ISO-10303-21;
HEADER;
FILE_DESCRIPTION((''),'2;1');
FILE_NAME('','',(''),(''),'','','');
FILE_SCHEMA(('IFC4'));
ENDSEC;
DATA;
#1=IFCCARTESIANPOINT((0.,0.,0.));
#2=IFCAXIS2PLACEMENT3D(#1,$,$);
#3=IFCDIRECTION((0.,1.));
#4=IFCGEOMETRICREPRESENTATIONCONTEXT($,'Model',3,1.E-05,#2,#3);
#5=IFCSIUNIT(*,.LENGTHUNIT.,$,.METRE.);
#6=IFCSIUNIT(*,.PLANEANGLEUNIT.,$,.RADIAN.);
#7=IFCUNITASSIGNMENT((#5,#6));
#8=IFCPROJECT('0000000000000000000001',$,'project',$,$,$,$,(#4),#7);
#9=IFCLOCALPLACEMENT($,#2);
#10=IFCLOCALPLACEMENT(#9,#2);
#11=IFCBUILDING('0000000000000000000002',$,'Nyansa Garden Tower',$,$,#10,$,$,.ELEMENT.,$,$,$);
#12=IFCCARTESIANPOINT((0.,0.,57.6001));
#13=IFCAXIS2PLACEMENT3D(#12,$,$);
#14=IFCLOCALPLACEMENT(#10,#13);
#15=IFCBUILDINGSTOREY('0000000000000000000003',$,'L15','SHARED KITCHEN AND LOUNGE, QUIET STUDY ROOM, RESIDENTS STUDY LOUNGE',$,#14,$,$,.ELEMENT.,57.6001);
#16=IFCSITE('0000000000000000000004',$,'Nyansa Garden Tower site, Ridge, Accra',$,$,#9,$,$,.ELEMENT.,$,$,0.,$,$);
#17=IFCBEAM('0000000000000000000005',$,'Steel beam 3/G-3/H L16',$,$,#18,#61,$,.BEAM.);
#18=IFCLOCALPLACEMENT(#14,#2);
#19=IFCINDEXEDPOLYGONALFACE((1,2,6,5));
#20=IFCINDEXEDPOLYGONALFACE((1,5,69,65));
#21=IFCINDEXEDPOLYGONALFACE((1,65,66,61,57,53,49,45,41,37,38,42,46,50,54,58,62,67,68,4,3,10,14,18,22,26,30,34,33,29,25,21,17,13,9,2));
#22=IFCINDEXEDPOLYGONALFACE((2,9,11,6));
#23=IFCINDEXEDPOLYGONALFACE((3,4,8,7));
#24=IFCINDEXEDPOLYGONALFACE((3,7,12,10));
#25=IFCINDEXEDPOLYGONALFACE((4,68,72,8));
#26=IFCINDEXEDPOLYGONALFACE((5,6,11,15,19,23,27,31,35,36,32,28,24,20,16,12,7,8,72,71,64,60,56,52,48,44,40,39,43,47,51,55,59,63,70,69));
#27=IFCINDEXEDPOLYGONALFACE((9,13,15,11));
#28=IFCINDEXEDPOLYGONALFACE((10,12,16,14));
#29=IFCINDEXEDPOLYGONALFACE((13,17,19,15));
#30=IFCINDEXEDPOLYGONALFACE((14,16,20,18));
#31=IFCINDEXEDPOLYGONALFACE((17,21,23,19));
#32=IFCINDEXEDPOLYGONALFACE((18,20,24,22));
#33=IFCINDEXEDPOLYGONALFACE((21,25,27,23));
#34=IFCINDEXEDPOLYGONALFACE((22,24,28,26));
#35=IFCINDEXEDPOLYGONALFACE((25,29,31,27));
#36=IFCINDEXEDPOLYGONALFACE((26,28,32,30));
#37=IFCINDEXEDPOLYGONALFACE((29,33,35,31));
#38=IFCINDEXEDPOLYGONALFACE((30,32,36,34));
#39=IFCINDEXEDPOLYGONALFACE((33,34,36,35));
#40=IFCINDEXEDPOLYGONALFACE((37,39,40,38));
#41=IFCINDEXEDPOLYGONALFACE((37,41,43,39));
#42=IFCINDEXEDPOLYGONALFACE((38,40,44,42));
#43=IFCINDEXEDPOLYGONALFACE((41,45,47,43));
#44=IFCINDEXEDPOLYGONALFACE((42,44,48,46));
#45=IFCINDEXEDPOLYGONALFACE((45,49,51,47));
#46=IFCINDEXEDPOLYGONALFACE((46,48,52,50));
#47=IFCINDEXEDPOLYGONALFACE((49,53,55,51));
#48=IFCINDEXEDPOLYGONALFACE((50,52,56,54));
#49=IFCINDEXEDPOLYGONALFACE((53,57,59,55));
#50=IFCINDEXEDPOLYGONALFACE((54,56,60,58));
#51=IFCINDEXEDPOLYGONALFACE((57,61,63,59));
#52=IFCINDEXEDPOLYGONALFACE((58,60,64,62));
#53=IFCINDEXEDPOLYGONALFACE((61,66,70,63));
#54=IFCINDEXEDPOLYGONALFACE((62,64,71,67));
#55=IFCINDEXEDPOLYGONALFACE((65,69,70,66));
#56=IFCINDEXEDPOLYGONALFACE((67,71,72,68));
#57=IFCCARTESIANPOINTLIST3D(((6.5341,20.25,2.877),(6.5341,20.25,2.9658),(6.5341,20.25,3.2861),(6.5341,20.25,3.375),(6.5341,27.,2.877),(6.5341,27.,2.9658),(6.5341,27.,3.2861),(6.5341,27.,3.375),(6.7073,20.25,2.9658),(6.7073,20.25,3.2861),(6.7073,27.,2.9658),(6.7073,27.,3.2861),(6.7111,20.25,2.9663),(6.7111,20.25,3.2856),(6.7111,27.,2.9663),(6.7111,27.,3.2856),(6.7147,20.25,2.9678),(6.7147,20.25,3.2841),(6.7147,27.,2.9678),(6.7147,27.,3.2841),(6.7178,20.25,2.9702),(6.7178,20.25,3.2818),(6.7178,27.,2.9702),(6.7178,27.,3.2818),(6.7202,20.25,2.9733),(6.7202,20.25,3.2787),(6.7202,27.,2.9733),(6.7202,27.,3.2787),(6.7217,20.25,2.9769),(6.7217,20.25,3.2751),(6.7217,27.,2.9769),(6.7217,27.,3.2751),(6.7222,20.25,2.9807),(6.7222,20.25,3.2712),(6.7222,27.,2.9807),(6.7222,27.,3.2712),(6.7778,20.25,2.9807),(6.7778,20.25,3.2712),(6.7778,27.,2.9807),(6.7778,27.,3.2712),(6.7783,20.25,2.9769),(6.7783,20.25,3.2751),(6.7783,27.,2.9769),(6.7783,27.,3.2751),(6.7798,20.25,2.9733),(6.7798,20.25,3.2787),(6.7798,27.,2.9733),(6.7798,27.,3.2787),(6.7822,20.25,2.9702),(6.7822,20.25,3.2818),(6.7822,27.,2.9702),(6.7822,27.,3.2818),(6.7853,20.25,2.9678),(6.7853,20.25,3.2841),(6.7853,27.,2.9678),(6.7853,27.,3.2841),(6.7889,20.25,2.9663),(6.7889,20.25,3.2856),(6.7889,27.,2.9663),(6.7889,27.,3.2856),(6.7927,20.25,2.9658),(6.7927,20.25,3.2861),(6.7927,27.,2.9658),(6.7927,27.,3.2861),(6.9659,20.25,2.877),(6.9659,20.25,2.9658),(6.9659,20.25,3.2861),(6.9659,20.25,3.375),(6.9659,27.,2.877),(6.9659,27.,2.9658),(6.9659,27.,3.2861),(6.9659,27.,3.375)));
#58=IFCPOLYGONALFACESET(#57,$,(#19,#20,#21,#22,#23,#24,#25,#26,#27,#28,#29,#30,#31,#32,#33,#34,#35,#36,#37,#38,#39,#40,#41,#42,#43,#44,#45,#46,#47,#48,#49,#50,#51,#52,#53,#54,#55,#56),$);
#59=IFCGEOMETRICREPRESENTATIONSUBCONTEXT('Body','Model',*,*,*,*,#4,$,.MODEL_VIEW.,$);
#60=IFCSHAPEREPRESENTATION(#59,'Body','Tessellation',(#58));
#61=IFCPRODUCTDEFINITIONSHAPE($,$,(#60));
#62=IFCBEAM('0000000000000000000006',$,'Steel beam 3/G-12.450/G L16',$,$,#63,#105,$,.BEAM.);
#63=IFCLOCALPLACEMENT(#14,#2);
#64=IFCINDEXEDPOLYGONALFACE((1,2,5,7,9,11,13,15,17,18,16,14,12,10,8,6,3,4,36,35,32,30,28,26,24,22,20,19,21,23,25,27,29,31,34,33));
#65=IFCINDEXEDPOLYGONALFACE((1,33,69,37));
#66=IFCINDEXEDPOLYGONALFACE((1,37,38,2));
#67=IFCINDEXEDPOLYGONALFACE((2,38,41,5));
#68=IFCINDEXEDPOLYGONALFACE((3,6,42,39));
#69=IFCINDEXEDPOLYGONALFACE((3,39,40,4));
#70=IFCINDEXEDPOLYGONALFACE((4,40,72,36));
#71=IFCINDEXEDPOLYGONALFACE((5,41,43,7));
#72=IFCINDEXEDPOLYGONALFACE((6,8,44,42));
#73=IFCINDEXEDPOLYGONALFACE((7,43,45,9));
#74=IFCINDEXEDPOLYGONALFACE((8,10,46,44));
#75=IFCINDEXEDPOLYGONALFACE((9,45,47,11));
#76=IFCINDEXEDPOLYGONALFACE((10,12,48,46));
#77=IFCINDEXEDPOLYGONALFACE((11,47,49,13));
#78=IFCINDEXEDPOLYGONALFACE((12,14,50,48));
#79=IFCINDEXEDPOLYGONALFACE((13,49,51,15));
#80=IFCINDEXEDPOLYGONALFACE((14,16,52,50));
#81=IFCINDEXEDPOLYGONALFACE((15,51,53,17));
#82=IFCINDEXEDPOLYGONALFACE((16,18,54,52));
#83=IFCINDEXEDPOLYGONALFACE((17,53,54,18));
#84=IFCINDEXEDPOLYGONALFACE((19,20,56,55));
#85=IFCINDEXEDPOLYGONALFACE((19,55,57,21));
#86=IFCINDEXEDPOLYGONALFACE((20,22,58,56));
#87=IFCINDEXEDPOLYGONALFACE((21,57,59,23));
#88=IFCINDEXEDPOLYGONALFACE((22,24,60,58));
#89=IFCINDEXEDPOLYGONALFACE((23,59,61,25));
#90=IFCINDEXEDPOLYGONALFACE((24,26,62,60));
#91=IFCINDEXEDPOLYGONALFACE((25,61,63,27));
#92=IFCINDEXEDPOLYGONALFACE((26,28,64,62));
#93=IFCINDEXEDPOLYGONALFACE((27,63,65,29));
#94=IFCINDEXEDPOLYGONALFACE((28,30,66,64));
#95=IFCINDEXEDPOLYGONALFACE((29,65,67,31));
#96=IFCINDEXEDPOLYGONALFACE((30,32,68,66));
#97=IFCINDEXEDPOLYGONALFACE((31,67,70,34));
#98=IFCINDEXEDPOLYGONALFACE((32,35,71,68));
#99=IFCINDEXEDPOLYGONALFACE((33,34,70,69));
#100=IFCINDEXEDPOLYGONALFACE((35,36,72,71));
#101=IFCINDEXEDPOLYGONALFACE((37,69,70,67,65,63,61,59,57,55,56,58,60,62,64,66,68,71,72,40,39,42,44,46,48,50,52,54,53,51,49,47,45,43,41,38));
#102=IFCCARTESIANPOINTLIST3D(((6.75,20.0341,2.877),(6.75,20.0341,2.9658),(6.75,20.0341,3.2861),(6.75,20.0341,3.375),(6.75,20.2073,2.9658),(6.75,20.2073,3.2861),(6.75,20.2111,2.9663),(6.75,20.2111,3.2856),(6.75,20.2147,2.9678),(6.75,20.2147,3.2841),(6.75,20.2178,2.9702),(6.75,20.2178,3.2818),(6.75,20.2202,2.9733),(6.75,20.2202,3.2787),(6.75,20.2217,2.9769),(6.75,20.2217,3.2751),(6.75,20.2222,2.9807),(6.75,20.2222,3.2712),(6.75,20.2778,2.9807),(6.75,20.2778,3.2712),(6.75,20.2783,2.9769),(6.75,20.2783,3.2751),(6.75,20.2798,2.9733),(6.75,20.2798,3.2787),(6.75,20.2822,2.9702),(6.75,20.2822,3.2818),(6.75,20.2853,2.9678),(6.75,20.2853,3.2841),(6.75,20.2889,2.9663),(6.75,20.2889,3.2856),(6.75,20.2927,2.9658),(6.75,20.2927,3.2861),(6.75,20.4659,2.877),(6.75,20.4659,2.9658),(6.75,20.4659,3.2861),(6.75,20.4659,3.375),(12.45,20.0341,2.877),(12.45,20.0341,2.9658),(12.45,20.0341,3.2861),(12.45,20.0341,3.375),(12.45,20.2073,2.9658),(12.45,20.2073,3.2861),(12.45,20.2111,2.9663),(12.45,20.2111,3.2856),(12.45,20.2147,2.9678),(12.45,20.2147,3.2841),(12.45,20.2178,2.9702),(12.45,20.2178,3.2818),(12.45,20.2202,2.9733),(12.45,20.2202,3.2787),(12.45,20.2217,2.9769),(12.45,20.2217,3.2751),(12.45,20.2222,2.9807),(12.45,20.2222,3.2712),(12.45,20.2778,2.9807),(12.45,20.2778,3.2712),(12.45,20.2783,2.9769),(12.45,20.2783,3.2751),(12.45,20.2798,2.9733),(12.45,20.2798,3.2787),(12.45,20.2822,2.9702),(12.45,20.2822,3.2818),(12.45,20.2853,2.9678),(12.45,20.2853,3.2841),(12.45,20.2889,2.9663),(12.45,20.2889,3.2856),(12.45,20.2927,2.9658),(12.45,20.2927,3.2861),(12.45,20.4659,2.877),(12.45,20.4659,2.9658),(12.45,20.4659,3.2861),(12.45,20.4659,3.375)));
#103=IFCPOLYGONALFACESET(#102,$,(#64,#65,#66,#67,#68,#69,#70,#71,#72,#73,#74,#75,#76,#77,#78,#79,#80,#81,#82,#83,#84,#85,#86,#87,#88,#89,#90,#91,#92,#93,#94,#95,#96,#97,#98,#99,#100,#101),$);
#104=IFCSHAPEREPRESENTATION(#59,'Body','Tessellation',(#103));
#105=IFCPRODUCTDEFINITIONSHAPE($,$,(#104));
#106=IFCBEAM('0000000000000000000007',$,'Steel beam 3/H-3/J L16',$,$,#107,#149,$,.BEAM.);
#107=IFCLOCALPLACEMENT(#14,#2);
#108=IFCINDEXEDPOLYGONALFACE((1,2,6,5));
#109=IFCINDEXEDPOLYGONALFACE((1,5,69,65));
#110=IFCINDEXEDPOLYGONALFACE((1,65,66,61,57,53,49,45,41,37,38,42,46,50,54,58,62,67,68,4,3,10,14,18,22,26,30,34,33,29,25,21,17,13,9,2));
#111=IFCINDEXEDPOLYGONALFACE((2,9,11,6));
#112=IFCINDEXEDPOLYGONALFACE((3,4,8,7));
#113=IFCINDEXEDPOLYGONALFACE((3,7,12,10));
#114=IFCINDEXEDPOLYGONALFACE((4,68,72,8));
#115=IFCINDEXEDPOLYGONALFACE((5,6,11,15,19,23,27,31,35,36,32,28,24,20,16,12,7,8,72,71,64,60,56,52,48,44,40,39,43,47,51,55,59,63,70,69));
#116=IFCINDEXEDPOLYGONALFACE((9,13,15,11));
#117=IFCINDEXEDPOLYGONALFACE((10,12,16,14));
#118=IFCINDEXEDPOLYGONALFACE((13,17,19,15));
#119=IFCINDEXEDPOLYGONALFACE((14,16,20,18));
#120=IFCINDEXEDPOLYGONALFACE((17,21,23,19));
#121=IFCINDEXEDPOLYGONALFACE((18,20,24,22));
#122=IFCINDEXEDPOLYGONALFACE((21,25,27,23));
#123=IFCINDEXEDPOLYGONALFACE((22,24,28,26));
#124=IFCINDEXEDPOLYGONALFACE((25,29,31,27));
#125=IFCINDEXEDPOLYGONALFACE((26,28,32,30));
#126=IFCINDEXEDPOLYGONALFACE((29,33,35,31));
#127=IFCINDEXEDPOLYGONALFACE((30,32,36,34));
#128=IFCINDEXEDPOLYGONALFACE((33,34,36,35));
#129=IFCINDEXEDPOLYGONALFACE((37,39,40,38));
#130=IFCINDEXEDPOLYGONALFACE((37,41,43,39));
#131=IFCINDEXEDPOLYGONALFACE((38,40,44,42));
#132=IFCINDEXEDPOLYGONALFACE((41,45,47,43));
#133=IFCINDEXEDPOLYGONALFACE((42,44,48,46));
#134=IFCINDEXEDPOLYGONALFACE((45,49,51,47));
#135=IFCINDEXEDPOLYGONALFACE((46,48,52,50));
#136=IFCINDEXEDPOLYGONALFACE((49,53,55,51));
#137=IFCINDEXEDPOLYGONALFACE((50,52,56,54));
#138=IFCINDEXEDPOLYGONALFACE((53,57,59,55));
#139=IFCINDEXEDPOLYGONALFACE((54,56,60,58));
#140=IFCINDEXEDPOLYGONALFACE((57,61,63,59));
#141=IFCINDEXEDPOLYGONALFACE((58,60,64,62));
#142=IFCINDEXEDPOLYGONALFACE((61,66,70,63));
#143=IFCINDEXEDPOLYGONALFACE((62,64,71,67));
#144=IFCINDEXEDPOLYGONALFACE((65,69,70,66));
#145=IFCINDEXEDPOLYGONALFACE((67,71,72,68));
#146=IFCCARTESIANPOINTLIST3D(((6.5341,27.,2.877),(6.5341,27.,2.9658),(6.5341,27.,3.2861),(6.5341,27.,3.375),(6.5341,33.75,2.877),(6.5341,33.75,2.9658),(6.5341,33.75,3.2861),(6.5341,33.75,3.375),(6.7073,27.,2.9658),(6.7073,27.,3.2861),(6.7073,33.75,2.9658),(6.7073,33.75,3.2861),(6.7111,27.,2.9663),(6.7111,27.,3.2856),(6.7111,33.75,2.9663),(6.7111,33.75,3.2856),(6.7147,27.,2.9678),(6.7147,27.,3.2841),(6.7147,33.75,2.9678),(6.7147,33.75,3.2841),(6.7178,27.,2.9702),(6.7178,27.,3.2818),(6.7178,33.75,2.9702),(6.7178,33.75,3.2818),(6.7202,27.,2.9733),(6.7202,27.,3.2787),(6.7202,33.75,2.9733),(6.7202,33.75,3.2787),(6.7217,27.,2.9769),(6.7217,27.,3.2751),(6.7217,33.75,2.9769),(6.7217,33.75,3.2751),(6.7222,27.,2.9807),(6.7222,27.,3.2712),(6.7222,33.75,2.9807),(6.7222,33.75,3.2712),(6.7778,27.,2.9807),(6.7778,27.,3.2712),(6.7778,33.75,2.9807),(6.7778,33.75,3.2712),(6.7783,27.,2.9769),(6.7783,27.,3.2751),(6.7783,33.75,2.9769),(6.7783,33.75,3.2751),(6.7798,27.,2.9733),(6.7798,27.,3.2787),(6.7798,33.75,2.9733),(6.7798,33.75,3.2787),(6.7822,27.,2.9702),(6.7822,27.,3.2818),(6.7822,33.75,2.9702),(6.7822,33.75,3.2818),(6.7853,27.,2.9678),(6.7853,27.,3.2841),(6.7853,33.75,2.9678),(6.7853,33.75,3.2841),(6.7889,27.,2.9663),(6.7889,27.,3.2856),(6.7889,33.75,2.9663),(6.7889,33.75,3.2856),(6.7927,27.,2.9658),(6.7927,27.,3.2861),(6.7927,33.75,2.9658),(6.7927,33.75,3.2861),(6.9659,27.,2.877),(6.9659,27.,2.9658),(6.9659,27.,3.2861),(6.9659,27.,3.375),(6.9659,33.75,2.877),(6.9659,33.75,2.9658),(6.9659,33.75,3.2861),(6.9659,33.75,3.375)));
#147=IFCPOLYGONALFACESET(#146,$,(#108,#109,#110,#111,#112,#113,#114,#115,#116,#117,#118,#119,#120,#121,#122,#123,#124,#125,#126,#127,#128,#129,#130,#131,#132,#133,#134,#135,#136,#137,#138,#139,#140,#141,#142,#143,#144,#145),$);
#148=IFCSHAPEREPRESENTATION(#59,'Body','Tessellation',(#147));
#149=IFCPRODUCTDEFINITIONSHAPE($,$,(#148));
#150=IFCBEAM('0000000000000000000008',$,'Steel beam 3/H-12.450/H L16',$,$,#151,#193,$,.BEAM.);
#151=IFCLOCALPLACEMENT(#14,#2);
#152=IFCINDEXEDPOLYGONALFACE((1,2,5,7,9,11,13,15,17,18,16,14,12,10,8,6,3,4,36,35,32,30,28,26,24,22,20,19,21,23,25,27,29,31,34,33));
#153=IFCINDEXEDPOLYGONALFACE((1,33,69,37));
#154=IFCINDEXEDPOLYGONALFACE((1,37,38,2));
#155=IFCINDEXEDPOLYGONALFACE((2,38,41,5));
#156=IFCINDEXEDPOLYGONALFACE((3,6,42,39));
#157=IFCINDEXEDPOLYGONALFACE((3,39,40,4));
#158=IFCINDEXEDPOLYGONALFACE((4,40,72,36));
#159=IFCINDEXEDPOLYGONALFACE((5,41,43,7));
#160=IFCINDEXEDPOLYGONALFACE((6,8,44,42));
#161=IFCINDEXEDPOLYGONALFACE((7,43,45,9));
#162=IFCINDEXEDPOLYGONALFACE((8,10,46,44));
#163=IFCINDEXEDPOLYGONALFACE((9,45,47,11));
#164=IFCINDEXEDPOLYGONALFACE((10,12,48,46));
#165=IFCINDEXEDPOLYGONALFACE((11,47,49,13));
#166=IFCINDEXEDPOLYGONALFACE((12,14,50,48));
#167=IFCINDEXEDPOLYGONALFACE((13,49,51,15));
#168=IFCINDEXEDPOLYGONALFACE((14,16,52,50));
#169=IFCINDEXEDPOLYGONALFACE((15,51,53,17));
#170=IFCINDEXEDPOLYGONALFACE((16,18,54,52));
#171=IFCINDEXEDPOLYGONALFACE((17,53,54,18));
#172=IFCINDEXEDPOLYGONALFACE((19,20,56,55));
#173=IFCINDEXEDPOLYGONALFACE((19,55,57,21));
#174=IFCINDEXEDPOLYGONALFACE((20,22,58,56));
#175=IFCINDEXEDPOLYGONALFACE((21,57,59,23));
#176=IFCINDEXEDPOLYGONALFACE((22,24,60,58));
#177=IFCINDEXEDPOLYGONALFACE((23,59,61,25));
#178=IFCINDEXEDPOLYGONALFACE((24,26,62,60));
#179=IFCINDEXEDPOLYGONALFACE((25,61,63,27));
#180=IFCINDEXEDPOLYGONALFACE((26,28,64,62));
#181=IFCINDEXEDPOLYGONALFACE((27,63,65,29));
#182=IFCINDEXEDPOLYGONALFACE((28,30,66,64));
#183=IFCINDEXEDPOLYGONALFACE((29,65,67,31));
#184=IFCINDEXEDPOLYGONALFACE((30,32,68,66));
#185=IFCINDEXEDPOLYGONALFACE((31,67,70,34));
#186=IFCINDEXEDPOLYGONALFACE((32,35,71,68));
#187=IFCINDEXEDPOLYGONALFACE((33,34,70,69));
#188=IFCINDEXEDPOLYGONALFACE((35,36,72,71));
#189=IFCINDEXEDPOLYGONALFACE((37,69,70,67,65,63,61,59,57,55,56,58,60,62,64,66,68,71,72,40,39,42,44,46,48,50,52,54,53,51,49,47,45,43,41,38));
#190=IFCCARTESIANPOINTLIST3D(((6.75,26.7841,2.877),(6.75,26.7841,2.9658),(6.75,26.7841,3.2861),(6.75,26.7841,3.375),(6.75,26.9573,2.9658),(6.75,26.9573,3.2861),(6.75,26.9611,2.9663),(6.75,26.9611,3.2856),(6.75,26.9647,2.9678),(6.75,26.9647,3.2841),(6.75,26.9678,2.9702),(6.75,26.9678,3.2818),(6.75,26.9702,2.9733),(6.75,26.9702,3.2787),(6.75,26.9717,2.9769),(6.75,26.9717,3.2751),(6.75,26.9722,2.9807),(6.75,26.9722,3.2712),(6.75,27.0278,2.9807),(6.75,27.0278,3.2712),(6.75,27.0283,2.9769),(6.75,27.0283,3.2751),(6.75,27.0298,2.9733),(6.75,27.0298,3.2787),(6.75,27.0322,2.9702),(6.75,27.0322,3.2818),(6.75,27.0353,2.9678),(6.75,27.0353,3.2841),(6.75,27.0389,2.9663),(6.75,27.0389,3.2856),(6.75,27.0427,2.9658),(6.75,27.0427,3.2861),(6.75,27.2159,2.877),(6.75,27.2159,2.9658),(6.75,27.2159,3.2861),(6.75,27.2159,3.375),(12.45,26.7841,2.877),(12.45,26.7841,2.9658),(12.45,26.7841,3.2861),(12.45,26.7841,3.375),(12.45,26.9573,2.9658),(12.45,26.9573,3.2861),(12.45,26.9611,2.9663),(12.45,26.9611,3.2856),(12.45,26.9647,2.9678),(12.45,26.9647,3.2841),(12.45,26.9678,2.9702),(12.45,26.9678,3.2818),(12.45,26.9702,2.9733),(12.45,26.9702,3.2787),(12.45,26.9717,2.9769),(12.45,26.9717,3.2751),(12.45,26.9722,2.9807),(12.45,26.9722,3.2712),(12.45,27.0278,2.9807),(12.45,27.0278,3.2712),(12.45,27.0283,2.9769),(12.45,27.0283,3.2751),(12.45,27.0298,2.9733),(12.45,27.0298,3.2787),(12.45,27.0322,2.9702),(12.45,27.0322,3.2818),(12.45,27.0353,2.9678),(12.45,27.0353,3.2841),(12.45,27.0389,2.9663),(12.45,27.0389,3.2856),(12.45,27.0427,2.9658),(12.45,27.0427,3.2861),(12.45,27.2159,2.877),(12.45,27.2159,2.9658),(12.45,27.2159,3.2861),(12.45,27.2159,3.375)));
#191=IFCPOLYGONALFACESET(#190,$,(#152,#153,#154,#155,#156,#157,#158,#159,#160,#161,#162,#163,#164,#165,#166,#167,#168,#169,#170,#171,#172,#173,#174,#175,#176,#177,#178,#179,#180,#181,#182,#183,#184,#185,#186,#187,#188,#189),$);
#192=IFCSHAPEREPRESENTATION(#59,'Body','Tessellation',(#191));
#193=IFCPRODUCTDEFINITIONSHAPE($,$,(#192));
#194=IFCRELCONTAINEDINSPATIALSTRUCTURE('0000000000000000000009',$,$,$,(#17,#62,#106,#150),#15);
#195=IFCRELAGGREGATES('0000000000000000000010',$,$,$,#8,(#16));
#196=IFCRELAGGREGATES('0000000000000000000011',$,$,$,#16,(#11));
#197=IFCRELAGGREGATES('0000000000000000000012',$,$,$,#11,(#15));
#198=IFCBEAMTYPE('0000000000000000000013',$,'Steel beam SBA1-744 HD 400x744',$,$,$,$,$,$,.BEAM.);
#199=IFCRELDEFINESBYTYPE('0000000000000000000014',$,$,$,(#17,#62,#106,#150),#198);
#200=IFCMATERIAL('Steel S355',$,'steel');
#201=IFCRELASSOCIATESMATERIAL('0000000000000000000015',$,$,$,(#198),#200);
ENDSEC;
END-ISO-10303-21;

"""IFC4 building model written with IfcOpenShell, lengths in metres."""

from ifc_helpers import new_model, si_unit, direction, frame, origin, origin_2d, place, context, subcontext, project, spatial, i_section, extrude, material, material_profile, profile_set, type_object, element, save


model = new_model("IFC4")

# Units and contexts
model_context = context("Model", 3, precision=1e-05, world=origin(), true_north=direction((0.0, 1.0)))
body_context = subcontext(model_context, "Body", "Model", "MODEL_VIEW")
ifc_project = project(units=[si_unit("LENGTHUNIT", "METRE"), si_unit("PLANEANGLEUNIT", "RADIAN")], contexts=[model_context])

# Site, building, storey
site_placement = place(None, origin())
site = spatial("IfcSite", under=ifc_project, at=site_placement, Name="Nyansa Garden Tower site, Ridge, Accra", CompositionType="ELEMENT", RefElevation=0.0)
building_placement = place(site_placement, origin())
building = spatial("IfcBuilding", under=site, at=building_placement, Name="Nyansa Garden Tower", CompositionType="ELEMENT")
storey_placement = place(building_placement, frame((0.0, 0.0, 57.6001)))
storey = spatial("IfcBuildingStorey", under=building, at=storey_placement, Name="L15", Description="SHARED KITCHEN AND LOUNGE, QUIET STUDY ROOM, RESIDENTS STUDY LOUNGE", CompositionType="ELEMENT", Elevation=57.6001)

# Beams
ifc_material_1 = material(Name="Steel S355", Category="steel")
ifc_material_profile_1 = material_profile(ifc_material_1, i_section(OverallWidth=0.4319, OverallDepth=0.498, WebThickness=0.0557, FlangeThickness=0.0889, FilletRadius=0.0149, at=origin_2d()), Name="HD 400x744")
ifc_profile_set_1 = profile_set([ifc_material_profile_1], Name="Steel S355")
beam_type_1 = type_object("IfcBeamType", Name="Steel beam SBA1-744 HD 400x744", PredefinedType="BEAM", material=ifc_profile_set_1)
beam_1_placement = place(storey_placement, frame((6.75, 20.25, 3.126), z_axis=(0.0, 1.0, 0.0), x_axis=(-1.0, 0.0, 0.0)))
element("IfcBeam", 1, at=beam_1_placement, inside=storey, type_object=beam_type_1, Name="Steel beam 3/G-3/H L16", PredefinedType="BEAM", context=body_context, shape_type="SweptSolid", body=[
    extrude(i_section(OverallWidth=0.4319, OverallDepth=0.498, WebThickness=0.0557, FlangeThickness=0.0889, FilletRadius=0.0149, at=origin_2d()), origin(), (0.0, 0.0, 1.0), 6.75),
])
beam_2_placement = place(storey_placement, frame((6.75, 20.25, 3.126), z_axis=(1.0, 0.0, 0.0), x_axis=(0.0, 1.0, 0.0)))
element("IfcBeam", 2, at=beam_2_placement, inside=storey, type_object=beam_type_1, Name="Steel beam 3/G-12.450/G L16", PredefinedType="BEAM", context=body_context, shape_type="SweptSolid", body=[
    extrude(i_section(OverallWidth=0.4319, OverallDepth=0.498, WebThickness=0.0557, FlangeThickness=0.0889, FilletRadius=0.0149, at=origin_2d()), origin(), (0.0, 0.0, 1.0), 5.7),
])
beam_3_placement = place(storey_placement, frame((6.75, 27.0, 3.126), z_axis=(0.0, 1.0, 0.0), x_axis=(-1.0, 0.0, 0.0)))
element("IfcBeam", 3, at=beam_3_placement, inside=storey, type_object=beam_type_1, Name="Steel beam 3/H-3/J L16", PredefinedType="BEAM", context=body_context, shape_type="SweptSolid", body=[
    extrude(i_section(OverallWidth=0.4319, OverallDepth=0.498, WebThickness=0.0557, FlangeThickness=0.0889, FilletRadius=0.0149, at=origin_2d()), origin(), (0.0, 0.0, 1.0), 6.75),
])
for number, where, z_axis, x_axis, name in (
    (4, (6.75, 27.0, 3.126), (1.0, 0.0, 0.0), (0.0, 1.0, 0.0), "Steel beam 3/H-12.450/H L16"),
):
    element("IfcBeam", number, at=place(storey_placement, frame(where, z_axis=z_axis, x_axis=x_axis)), inside=storey, type_object=beam_type_1, Name=name, PredefinedType="BEAM", context=body_context, shape_type="SweptSolid", body=[
        extrude(i_section(OverallWidth=0.4319, OverallDepth=0.498, WebThickness=0.0557, FlangeThickness=0.0889, FilletRadius=0.0149, at=origin_2d()), origin(), (0.0, 0.0, 1.0), 5.7),
    ])

save(model, "model.ifc")
